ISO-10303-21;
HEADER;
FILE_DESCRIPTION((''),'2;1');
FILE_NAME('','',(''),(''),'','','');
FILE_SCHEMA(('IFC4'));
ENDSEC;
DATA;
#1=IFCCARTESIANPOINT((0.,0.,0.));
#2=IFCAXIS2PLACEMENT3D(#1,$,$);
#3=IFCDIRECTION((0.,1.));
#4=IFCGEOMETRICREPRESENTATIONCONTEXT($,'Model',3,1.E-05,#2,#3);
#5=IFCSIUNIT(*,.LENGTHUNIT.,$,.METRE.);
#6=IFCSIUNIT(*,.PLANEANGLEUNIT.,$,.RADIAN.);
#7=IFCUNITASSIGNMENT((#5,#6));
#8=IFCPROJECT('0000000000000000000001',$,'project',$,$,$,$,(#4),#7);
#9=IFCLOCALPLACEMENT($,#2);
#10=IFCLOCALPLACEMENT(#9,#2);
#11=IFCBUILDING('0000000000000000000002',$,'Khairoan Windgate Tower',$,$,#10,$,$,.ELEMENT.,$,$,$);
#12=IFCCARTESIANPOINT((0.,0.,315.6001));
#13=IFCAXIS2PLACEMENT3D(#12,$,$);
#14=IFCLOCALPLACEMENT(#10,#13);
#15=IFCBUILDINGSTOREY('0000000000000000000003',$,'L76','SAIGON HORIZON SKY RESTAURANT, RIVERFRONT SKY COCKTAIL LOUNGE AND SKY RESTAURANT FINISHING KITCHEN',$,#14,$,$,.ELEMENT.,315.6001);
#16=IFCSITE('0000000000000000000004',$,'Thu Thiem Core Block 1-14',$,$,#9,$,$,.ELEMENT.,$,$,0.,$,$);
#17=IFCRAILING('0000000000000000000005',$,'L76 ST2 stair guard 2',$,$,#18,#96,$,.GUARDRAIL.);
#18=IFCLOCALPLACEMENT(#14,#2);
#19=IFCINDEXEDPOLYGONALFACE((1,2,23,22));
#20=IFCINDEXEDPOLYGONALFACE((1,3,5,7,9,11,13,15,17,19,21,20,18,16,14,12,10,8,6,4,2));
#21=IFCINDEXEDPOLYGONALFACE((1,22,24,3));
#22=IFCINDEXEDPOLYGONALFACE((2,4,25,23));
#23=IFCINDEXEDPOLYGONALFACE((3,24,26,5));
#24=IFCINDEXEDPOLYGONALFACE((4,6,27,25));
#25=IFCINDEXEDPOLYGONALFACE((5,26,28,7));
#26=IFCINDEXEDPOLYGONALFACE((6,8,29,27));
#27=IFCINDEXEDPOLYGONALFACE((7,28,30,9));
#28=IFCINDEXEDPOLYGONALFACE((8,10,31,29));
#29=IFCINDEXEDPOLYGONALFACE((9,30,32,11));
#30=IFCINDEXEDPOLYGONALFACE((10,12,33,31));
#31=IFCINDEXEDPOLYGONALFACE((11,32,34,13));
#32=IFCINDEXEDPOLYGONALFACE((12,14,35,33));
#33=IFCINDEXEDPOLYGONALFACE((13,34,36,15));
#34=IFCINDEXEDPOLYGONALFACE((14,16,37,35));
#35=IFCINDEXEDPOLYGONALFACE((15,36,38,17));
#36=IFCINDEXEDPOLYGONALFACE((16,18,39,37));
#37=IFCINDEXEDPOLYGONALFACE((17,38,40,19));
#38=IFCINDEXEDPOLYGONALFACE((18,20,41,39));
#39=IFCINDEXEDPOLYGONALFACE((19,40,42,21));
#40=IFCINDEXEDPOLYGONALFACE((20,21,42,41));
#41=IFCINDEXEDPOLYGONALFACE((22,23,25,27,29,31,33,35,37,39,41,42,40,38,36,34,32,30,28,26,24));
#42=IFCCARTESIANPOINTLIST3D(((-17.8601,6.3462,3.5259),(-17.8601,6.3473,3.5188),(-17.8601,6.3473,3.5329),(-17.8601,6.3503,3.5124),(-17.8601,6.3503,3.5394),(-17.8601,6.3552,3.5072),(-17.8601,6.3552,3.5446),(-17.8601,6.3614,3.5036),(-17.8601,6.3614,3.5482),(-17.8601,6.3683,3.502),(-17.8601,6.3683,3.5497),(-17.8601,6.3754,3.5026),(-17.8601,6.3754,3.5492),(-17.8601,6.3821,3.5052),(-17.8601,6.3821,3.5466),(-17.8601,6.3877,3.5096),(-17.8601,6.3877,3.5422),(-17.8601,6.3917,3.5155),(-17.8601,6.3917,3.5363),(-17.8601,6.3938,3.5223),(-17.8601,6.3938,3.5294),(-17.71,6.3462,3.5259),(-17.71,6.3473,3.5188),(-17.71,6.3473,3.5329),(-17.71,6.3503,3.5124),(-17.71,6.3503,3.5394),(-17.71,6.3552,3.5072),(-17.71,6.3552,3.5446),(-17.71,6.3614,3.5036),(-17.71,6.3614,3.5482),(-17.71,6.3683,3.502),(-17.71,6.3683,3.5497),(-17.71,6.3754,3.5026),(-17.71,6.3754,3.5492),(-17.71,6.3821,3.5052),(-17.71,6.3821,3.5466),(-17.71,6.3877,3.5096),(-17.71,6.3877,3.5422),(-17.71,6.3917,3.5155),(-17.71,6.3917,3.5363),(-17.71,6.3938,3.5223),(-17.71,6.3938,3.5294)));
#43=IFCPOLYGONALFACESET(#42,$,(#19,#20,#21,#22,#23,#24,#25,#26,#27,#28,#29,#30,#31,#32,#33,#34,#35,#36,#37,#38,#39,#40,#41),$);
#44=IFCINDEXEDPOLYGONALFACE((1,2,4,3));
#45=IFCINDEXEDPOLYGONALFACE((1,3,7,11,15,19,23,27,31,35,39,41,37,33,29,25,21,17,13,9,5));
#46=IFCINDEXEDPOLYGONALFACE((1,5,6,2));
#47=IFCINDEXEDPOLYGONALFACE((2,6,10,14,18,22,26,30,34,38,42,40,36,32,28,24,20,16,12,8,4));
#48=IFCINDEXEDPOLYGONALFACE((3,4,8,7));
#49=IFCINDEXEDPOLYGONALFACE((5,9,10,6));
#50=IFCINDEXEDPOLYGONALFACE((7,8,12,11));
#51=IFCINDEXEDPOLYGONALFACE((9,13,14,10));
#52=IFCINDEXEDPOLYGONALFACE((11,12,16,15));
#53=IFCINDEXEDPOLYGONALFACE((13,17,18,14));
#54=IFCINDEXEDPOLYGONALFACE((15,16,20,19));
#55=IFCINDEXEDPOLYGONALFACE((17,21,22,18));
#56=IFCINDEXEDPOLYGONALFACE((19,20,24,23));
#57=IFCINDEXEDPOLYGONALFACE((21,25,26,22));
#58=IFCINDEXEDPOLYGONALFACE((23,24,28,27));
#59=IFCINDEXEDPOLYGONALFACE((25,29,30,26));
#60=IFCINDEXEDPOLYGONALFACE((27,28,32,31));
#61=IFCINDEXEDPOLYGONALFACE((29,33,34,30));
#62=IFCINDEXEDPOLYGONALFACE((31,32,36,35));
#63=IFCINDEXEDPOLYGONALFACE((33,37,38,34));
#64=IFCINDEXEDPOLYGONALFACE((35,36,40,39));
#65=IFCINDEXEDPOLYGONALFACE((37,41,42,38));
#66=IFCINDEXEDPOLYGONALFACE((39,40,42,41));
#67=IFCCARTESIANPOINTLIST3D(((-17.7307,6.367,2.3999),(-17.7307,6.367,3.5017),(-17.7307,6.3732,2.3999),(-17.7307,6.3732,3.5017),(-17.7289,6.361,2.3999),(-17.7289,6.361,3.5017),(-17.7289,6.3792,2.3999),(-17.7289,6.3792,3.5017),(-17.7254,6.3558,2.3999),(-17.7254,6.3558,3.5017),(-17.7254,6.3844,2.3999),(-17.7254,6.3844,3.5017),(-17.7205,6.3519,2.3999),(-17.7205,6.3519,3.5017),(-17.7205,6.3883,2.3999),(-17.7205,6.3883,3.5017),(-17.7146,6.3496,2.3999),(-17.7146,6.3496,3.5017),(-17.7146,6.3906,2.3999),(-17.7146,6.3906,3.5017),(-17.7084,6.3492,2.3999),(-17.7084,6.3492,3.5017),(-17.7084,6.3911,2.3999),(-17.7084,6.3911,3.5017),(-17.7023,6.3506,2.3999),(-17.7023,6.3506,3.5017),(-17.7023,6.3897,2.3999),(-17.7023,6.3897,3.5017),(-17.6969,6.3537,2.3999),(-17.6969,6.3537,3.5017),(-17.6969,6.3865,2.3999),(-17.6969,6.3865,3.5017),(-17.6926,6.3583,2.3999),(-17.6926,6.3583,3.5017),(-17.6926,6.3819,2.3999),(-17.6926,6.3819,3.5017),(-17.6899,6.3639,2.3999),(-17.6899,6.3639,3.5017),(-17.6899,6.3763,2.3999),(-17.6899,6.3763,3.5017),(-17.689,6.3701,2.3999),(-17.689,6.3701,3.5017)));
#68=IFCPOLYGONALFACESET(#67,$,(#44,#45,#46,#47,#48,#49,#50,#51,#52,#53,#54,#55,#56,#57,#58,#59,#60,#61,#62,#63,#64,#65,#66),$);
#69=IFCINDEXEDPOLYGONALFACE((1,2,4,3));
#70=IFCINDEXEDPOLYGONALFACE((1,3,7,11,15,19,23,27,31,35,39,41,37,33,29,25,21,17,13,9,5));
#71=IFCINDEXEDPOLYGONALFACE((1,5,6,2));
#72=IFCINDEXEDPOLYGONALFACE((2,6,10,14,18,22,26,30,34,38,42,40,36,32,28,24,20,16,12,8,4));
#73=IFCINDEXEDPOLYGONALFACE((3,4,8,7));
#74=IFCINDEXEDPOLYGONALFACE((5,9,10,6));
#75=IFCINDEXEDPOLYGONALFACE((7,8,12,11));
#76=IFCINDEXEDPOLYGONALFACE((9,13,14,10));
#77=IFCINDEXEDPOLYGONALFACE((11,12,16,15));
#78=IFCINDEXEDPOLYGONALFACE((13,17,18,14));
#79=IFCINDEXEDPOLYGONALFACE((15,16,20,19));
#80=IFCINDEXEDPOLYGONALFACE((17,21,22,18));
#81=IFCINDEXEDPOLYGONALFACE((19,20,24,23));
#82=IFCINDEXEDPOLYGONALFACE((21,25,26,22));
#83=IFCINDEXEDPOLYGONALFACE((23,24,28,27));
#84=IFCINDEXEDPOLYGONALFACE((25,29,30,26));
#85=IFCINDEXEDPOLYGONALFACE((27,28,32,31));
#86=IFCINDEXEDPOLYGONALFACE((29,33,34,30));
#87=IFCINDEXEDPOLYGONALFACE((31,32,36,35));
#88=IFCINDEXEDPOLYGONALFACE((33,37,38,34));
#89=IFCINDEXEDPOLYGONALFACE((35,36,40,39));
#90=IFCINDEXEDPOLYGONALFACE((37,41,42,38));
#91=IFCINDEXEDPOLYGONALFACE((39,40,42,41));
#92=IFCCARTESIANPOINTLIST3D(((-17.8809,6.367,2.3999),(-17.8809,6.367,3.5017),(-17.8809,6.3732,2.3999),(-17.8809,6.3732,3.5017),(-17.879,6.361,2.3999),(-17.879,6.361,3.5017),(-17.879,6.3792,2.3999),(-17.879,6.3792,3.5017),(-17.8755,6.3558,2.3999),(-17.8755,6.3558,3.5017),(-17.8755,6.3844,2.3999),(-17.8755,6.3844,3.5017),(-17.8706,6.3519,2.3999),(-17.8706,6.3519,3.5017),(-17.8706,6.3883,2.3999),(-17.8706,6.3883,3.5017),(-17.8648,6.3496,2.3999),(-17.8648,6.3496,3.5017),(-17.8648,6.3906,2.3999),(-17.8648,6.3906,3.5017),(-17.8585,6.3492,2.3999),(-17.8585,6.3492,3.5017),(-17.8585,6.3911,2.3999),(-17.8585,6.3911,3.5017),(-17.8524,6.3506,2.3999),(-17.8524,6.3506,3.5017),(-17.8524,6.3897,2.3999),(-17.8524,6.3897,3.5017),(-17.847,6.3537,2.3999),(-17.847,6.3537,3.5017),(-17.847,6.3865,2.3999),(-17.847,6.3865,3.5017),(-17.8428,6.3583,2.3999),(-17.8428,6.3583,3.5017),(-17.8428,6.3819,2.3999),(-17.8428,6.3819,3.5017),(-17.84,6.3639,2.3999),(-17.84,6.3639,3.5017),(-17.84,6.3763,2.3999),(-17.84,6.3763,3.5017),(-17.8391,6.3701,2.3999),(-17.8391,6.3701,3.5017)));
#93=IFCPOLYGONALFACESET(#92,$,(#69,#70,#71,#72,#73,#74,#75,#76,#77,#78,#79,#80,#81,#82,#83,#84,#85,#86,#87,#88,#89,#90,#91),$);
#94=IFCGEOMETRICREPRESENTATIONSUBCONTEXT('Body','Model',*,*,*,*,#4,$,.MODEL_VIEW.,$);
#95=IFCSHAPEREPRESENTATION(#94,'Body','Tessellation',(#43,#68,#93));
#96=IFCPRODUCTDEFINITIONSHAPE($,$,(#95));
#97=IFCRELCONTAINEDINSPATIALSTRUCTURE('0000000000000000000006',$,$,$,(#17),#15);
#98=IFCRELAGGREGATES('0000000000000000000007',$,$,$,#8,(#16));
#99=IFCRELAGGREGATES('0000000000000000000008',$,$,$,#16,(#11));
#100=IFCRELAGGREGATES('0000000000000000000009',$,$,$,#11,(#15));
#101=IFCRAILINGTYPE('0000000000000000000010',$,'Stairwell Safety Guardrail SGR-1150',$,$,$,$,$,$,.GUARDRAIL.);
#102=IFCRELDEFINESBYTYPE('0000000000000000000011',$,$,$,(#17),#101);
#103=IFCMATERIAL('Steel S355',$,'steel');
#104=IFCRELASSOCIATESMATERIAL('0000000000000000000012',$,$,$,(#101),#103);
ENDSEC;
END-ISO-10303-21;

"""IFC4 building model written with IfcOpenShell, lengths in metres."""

from ifc_helpers import new_model, si_unit, direction, frame, origin, origin_2d, place, context, subcontext, project, spatial, circle, extrude, material, type_object, element, save


model = new_model("IFC4")

# Units and contexts
model_context = context("Model", 3, precision=1e-05, world=origin(), true_north=direction((0.0, 1.0)))
body_context = subcontext(model_context, "Body", "Model", "MODEL_VIEW")
ifc_project = project(units=[si_unit("LENGTHUNIT", "METRE"), si_unit("PLANEANGLEUNIT", "RADIAN")], contexts=[model_context])

# Site, building, storey
site_placement = place(None, origin())
site = spatial("IfcSite", under=ifc_project, at=site_placement, Name="Thu Thiem Core Block 1-14", CompositionType="ELEMENT", RefElevation=0.0)
building_placement = place(site_placement, origin())
building = spatial("IfcBuilding", under=site, at=building_placement, Name="Khairoan Windgate Tower", CompositionType="ELEMENT")
storey_placement = place(building_placement, frame((0.0, 0.0, 315.6001)))
storey = spatial("IfcBuildingStorey", under=building, at=storey_placement, Name="L76", Description="SAIGON HORIZON SKY RESTAURANT, RIVERFRONT SKY COCKTAIL LOUNGE AND SKY RESTAURANT FINISHING KITCHEN", CompositionType="ELEMENT", Elevation=315.6001)

# Railing
ifc_material_1 = material(Name="Steel S355", Category="steel")
railing_type_1 = type_object("IfcRailingType", Name="Stairwell Safety Guardrail SGR-1150", PredefinedType="GUARDRAIL", material=ifc_material_1)
railing_1_placement = place(storey_placement, frame((-17.71, 6.3701, 2.3999)))
element("IfcRailing", 1, at=railing_1_placement, inside=storey, type_object=railing_type_1, Name="L76 ST2 stair guard 2", PredefinedType="GUARDRAIL", context=body_context, shape_type="SweptSolid", body=[
    extrude(circle(Radius=0.0239, at=origin_2d()), frame((0.0, 0.0, 1.126), z_axis=(-1.0, 0.0, 0.0), x_axis=(0.0, -1.0, 0.0)), (0.0, 0.0, 1.0), 0.1501),
    extrude(circle(Radius=0.021, at=origin_2d()), origin(), (0.0, 0.0, 1.0), 1.1018),
    extrude(circle(Radius=0.021, at=origin_2d()), frame((-0.1501, 0.0, 0.0)), (0.0, 0.0, 1.0), 1.1018),
])

save(model, "model.ifc")
